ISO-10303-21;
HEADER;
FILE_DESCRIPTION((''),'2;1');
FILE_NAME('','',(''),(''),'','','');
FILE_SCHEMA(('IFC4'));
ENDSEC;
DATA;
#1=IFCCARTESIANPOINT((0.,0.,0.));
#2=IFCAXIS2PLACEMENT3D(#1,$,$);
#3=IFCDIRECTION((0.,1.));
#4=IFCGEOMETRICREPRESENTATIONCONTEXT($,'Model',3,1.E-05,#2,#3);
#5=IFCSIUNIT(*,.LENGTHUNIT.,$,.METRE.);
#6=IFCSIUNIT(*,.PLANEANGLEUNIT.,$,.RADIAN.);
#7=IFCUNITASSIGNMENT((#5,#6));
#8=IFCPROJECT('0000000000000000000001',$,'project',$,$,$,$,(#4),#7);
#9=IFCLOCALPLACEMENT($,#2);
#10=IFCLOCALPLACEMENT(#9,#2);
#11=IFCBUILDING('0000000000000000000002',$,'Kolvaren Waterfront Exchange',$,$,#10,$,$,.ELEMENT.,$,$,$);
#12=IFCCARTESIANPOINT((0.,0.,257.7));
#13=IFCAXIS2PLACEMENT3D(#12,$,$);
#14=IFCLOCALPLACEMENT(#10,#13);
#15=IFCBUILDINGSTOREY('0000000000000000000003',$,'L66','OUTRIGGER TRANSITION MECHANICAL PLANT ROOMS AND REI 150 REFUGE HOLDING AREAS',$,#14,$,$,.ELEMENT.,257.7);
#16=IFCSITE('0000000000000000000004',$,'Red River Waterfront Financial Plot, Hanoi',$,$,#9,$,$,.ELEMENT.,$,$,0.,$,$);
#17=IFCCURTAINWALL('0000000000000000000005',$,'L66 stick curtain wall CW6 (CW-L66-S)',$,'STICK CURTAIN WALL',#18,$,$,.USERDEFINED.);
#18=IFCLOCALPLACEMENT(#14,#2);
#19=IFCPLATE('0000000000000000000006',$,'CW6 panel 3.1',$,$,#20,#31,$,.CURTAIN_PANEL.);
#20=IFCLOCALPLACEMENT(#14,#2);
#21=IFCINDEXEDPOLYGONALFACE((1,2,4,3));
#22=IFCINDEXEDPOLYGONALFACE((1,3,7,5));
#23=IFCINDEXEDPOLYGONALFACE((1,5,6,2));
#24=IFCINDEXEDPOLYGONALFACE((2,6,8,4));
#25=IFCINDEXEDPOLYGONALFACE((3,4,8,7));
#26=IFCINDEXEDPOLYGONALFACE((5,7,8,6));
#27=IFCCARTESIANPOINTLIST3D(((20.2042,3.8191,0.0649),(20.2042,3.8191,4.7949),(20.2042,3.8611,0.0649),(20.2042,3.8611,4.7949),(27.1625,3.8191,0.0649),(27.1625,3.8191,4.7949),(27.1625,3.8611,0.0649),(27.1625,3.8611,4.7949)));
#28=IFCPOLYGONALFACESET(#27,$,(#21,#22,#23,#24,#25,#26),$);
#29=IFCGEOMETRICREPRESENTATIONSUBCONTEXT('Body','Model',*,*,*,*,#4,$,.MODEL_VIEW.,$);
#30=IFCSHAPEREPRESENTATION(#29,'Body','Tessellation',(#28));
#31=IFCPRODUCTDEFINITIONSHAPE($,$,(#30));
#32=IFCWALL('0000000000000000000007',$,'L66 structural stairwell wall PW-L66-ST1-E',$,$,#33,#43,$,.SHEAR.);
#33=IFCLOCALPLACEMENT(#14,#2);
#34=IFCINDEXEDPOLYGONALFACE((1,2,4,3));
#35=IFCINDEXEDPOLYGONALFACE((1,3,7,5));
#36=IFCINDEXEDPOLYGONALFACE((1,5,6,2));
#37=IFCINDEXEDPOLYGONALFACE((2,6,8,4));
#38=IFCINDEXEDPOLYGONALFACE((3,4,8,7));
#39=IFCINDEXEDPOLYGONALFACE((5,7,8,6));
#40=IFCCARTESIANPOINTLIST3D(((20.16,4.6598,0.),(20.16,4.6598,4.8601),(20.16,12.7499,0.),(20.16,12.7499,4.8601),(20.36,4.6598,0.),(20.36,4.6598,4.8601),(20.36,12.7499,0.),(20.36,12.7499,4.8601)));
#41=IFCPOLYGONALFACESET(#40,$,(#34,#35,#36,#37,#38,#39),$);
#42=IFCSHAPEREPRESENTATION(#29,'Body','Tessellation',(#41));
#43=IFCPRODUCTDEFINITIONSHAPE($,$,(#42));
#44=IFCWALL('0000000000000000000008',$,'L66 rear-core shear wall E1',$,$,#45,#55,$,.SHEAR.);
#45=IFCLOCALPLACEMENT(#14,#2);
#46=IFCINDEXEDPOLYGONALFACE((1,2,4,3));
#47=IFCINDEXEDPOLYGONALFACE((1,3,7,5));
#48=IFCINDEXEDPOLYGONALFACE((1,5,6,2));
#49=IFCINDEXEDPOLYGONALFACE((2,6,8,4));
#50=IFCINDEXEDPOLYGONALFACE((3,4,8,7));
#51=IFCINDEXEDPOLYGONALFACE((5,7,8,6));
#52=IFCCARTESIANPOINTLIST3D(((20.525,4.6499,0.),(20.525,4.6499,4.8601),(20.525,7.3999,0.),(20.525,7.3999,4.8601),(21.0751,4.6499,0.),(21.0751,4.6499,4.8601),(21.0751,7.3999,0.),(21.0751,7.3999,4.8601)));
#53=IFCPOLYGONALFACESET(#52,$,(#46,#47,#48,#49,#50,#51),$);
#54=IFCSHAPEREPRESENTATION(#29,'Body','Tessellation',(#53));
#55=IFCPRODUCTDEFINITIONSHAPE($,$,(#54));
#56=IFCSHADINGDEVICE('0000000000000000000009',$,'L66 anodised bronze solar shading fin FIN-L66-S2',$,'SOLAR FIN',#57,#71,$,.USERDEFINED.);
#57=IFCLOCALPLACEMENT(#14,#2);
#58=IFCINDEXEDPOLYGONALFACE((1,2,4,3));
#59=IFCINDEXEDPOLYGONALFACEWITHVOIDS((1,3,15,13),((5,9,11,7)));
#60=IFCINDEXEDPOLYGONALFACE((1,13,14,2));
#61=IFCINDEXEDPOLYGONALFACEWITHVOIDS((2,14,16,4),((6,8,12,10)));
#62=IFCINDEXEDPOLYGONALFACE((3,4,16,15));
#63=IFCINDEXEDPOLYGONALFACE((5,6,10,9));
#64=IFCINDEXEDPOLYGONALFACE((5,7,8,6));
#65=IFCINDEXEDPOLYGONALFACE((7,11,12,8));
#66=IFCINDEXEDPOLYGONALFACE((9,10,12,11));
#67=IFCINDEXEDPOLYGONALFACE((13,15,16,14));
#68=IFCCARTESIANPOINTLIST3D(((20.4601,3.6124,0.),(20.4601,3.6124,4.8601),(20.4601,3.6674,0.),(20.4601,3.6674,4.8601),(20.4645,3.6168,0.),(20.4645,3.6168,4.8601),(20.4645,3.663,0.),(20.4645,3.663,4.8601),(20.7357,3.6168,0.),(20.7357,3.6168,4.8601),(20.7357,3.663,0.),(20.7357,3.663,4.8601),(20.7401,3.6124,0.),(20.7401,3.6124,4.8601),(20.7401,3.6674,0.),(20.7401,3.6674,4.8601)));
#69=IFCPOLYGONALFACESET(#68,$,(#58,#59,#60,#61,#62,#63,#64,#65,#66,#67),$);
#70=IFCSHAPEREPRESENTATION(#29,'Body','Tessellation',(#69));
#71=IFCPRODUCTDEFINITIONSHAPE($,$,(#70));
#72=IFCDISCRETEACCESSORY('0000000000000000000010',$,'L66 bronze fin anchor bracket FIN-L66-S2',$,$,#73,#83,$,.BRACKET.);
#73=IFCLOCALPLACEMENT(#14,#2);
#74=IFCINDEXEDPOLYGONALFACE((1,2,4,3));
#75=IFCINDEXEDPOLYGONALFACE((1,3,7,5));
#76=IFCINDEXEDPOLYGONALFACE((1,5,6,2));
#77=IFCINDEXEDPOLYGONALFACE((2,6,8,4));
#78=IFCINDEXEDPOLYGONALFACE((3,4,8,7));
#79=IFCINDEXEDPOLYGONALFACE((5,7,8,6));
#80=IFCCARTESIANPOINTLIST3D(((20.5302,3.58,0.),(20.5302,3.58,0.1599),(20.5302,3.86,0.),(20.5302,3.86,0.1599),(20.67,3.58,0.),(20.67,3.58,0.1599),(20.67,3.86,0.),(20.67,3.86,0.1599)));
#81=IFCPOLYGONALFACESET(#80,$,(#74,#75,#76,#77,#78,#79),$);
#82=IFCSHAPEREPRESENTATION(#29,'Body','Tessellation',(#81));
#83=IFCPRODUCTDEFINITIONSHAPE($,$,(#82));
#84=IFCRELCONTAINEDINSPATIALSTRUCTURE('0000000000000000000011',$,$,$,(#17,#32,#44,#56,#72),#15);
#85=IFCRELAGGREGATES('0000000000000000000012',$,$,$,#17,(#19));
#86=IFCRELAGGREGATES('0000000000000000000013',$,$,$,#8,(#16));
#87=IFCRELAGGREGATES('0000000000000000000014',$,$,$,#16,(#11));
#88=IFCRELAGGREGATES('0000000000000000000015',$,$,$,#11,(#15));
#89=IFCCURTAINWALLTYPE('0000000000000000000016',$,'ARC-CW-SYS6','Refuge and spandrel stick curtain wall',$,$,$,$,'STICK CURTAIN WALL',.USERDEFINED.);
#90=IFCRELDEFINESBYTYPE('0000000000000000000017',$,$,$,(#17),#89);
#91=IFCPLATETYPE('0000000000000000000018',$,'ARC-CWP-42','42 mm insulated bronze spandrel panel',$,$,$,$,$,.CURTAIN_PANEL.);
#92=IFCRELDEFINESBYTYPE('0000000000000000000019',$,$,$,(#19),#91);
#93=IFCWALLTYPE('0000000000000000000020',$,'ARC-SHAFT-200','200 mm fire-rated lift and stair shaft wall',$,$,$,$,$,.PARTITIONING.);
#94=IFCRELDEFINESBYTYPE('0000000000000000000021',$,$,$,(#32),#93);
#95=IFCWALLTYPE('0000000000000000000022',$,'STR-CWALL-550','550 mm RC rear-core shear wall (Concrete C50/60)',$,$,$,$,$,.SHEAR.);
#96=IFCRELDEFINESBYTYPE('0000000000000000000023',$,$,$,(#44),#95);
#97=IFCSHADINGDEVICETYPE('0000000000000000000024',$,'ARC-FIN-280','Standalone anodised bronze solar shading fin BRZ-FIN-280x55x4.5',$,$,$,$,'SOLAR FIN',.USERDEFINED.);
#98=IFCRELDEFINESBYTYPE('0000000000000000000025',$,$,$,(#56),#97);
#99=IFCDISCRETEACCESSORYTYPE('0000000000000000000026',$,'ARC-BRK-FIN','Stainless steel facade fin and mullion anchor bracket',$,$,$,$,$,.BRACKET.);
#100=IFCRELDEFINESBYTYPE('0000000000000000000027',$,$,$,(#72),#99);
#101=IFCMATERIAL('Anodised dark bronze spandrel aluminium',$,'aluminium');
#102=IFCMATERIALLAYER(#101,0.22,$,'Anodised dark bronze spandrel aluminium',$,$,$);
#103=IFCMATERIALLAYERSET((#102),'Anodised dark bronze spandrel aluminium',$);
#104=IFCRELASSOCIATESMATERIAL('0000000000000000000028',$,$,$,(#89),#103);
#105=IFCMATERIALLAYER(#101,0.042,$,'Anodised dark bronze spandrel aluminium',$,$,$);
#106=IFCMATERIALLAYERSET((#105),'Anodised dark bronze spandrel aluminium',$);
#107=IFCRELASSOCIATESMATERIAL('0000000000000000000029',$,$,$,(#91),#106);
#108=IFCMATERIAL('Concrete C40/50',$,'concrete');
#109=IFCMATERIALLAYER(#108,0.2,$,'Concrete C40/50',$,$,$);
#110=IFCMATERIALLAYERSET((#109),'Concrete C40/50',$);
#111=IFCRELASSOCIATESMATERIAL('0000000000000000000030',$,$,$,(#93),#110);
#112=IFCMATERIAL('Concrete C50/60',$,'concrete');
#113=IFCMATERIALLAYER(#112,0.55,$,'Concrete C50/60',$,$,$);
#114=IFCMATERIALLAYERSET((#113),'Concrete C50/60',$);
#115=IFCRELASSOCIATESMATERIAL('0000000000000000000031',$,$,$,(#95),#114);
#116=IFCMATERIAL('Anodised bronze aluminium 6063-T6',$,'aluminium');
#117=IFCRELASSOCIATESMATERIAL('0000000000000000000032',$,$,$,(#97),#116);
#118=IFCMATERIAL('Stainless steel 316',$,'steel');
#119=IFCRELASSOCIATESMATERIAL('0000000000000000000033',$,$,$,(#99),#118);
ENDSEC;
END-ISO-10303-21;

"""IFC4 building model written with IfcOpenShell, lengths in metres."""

from ifc_helpers import new_model, si_unit, direction, frame, frame_2d, origin, origin_with_axes, origin_2d, place, context, subcontext, project, spatial, rectangle, hollow_rectangle, extrude, source, transform, mapped, material, layer, layer_set, material_profile, profile_set, type_object, element, aggregate, save


model = new_model("IFC4")

# Units and contexts
model_context = context("Model", 3, precision=1e-05, world=origin(), true_north=direction((0.0, 1.0)))
body_context = subcontext(model_context, "Body", "Model", "MODEL_VIEW")
ifc_project = project(units=[si_unit("LENGTHUNIT", "METRE"), si_unit("PLANEANGLEUNIT", "RADIAN")], contexts=[model_context])

# Site, building, storey
site_placement = place(None, origin())
site = spatial("IfcSite", under=ifc_project, at=site_placement, Name="Red River Waterfront Financial Plot, Hanoi", CompositionType="ELEMENT", RefElevation=0.0)
building_placement = place(site_placement, origin())
building = spatial("IfcBuilding", under=site, at=building_placement, Name="Kolvaren Waterfront Exchange", CompositionType="ELEMENT")
storey_placement = place(building_placement, frame((0.0, 0.0, 257.7)))
storey = spatial("IfcBuildingStorey", under=building, at=storey_placement, Name="L66", Description="OUTRIGGER TRANSITION MECHANICAL PLANT ROOMS AND REI 150 REFUGE HOLDING AREAS", CompositionType="ELEMENT", Elevation=257.7)

# Shared definitions
ifc_material_1 = material(Name="Concrete C50/60", Category="concrete")

# Curtain wall
ifc_material_2 = material(Name="Anodised dark bronze spandrel aluminium", Category="aluminium")
ifc_layer_1 = layer(ifc_material_2, 0.22, Name="Anodised dark bronze spandrel aluminium")
ifc_layer_set_1 = layer_set([ifc_layer_1], Name="Anodised dark bronze spandrel aluminium")
curtain_wall_type = type_object("IfcCurtainWallType", Name="ARC-CW-SYS6", Description="Refuge and spandrel stick curtain wall", ElementType="STICK CURTAIN WALL", PredefinedType="USERDEFINED", material=ifc_layer_set_1)
curtain_wall_placement = place(storey_placement, origin())
curtain_wall = element("IfcCurtainWall", 1, at=curtain_wall_placement, inside=storey, type_object=curtain_wall_type, Name="L66 stick curtain wall CW6 (CW-L66-S)", ObjectType="STICK CURTAIN WALL", PredefinedType="USERDEFINED")
ifc_material_3 = material(Name="Anodised bronze aluminium 6063-T6", Category="aluminium")

# Plate
ifc_layer_2 = layer(ifc_material_2, 0.042, Name="Anodised dark bronze spandrel aluminium")
ifc_layer_set_2 = layer_set([ifc_layer_2], Name="Anodised dark bronze spandrel aluminium")
plate_type_1 = type_object("IfcPlateType", Name="ARC-CWP-42", Description="42 mm insulated bronze spandrel panel", PredefinedType="CURTAIN_PANEL", material=ifc_layer_set_2)
shared_shape_1 = source(origin_with_axes(), body_context, "Body", "SweptSolid", [
    extrude(rectangle(XDim=6.9583, YDim=0.042, at=origin_2d()), origin(), (0.0, 0.0, 1.0), 4.73),
])
plate_1_placement = place(storey_placement, frame((23.6833, 3.8401, 0.0649), z_axis=(0.0, 0.0, 1.0), x_axis=(1.0, 0.0, 0.0)))
plate_1 = element("IfcPlate", 2, at=plate_1_placement, type_object=plate_type_1, Name="CW6 panel 3.1", PredefinedType="CURTAIN_PANEL", context=body_context, shape_type="MappedRepresentation", body=[
    mapped(shared_shape_1, transform((0.0, 0.0, 0.0), x_axis=(1.0, 0.0, 0.0), y_axis=(0.0, 1.0, 0.0), z_axis=(0.0, 0.0, 1.0), scale=1.0)),
])
aggregate(curtain_wall, [plate_1])

# Walls
ifc_material_4 = material(Name="Concrete C40/50", Category="concrete")
ifc_layer_3 = layer(ifc_material_4, 0.2, Name="Concrete C40/50")
ifc_layer_set_3 = layer_set([ifc_layer_3], Name="Concrete C40/50")
wall_type_1 = type_object("IfcWallType", Name="ARC-SHAFT-200", Description="200 mm fire-rated lift and stair shaft wall", PredefinedType="PARTITIONING", material=ifc_layer_set_3)
wall_1_placement = place(storey_placement, frame((20.26, 4.6599, 0.0), z_axis=(0.0, 0.0, 1.0), x_axis=(0.0, 1.0, 0.0)))
element("IfcWall", 3, at=wall_1_placement, inside=storey, type_object=wall_type_1, Name="L66 structural stairwell wall PW-L66-ST1-E", PredefinedType="SHEAR", context=body_context, shape_type="SweptSolid", body=[
    extrude(rectangle(XDim=8.0901, YDim=0.2, at=frame_2d((4.0449, 0.0))), origin(), (0.0, 0.0, 1.0), 4.8601),
])
ifc_layer_4 = layer(ifc_material_1, 0.55, Name="Concrete C50/60")
ifc_layer_set_4 = layer_set([ifc_layer_4], Name="Concrete C50/60")
wall_type_2 = type_object("IfcWallType", Name="STR-CWALL-550", Description="550 mm RC rear-core shear wall (Concrete C50/60)", PredefinedType="SHEAR", material=ifc_layer_set_4)
wall_2_placement = place(storey_placement, frame((20.8, 4.6499, 0.0), z_axis=(0.0, 0.0, 1.0), x_axis=(0.0, 1.0, 0.0)))
element("IfcWall", 4, at=wall_2_placement, inside=storey, type_object=wall_type_2, Name="L66 rear-core shear wall E1", PredefinedType="SHEAR", context=body_context, shape_type="SweptSolid", body=[
    extrude(rectangle(XDim=2.75, YDim=0.55, at=frame_2d((1.375, 0.0))), origin(), (0.0, 0.0, 1.0), 4.8601),
])

# Shading device
ifc_material_profile_1 = material_profile(ifc_material_3, hollow_rectangle(XDim=0.0549, YDim=0.28, WallThickness=0.0044, at=origin_2d()), Name="BRZ-FIN-280x55x4.5")
ifc_profile_set_1 = profile_set([ifc_material_profile_1], Name="Anodised bronze aluminium 6063-T6")
shading_device_type = type_object("IfcShadingDeviceType", Name="ARC-FIN-280", Description="Standalone anodised bronze solar shading fin BRZ-FIN-280x55x4.5", ElementType="SOLAR FIN", PredefinedType="USERDEFINED", material=ifc_profile_set_1)
shading_device_placement = place(storey_placement, frame((20.6001, 3.6399, 0.0), z_axis=(0.0, 0.0, 1.0), x_axis=(0.0, -1.0, 0.0)))
element("IfcShadingDevice", 5, at=shading_device_placement, inside=storey, type_object=shading_device_type, Name="L66 anodised bronze solar shading fin FIN-L66-S2", ObjectType="SOLAR FIN", PredefinedType="USERDEFINED", context=body_context, shape_type="SweptSolid", body=[
    extrude(hollow_rectangle(XDim=0.0549, YDim=0.28, WallThickness=0.0044, at=origin_2d()), origin(), (0.0, 0.0, 1.0), 4.8601),
])

# Discrete accessory
ifc_material_5 = material(Name="Stainless steel 316", Category="steel")
discrete_accessory_type = type_object("IfcDiscreteAccessoryType", Name="ARC-BRK-FIN", Description="Stainless steel facade fin and mullion anchor bracket", PredefinedType="BRACKET", material=ifc_material_5)
shared_shape_2 = source(origin_with_axes(), body_context, "Body", "SweptSolid", [
    extrude(rectangle(XDim=0.28, YDim=0.1399, at=origin_2d()), origin(), (0.0, 0.0, 1.0), 0.1599),
])
discrete_accessory_placement = place(storey_placement, frame((20.6001, 3.72, 0.0), z_axis=(0.0, 0.0, 1.0), x_axis=(0.0, -1.0, 0.0)))
element("IfcDiscreteAccessory", 6, at=discrete_accessory_placement, inside=storey, type_object=discrete_accessory_type, Name="L66 bronze fin anchor bracket FIN-L66-S2", PredefinedType="BRACKET", context=body_context, shape_type="MappedRepresentation", body=[
    mapped(shared_shape_2, transform((0.0, 0.0, 0.0), x_axis=(1.0, 0.0, 0.0), y_axis=(0.0, 1.0, 0.0), z_axis=(0.0, 0.0, 1.0), scale=1.0)),
])

save(model, "model.ifc")
